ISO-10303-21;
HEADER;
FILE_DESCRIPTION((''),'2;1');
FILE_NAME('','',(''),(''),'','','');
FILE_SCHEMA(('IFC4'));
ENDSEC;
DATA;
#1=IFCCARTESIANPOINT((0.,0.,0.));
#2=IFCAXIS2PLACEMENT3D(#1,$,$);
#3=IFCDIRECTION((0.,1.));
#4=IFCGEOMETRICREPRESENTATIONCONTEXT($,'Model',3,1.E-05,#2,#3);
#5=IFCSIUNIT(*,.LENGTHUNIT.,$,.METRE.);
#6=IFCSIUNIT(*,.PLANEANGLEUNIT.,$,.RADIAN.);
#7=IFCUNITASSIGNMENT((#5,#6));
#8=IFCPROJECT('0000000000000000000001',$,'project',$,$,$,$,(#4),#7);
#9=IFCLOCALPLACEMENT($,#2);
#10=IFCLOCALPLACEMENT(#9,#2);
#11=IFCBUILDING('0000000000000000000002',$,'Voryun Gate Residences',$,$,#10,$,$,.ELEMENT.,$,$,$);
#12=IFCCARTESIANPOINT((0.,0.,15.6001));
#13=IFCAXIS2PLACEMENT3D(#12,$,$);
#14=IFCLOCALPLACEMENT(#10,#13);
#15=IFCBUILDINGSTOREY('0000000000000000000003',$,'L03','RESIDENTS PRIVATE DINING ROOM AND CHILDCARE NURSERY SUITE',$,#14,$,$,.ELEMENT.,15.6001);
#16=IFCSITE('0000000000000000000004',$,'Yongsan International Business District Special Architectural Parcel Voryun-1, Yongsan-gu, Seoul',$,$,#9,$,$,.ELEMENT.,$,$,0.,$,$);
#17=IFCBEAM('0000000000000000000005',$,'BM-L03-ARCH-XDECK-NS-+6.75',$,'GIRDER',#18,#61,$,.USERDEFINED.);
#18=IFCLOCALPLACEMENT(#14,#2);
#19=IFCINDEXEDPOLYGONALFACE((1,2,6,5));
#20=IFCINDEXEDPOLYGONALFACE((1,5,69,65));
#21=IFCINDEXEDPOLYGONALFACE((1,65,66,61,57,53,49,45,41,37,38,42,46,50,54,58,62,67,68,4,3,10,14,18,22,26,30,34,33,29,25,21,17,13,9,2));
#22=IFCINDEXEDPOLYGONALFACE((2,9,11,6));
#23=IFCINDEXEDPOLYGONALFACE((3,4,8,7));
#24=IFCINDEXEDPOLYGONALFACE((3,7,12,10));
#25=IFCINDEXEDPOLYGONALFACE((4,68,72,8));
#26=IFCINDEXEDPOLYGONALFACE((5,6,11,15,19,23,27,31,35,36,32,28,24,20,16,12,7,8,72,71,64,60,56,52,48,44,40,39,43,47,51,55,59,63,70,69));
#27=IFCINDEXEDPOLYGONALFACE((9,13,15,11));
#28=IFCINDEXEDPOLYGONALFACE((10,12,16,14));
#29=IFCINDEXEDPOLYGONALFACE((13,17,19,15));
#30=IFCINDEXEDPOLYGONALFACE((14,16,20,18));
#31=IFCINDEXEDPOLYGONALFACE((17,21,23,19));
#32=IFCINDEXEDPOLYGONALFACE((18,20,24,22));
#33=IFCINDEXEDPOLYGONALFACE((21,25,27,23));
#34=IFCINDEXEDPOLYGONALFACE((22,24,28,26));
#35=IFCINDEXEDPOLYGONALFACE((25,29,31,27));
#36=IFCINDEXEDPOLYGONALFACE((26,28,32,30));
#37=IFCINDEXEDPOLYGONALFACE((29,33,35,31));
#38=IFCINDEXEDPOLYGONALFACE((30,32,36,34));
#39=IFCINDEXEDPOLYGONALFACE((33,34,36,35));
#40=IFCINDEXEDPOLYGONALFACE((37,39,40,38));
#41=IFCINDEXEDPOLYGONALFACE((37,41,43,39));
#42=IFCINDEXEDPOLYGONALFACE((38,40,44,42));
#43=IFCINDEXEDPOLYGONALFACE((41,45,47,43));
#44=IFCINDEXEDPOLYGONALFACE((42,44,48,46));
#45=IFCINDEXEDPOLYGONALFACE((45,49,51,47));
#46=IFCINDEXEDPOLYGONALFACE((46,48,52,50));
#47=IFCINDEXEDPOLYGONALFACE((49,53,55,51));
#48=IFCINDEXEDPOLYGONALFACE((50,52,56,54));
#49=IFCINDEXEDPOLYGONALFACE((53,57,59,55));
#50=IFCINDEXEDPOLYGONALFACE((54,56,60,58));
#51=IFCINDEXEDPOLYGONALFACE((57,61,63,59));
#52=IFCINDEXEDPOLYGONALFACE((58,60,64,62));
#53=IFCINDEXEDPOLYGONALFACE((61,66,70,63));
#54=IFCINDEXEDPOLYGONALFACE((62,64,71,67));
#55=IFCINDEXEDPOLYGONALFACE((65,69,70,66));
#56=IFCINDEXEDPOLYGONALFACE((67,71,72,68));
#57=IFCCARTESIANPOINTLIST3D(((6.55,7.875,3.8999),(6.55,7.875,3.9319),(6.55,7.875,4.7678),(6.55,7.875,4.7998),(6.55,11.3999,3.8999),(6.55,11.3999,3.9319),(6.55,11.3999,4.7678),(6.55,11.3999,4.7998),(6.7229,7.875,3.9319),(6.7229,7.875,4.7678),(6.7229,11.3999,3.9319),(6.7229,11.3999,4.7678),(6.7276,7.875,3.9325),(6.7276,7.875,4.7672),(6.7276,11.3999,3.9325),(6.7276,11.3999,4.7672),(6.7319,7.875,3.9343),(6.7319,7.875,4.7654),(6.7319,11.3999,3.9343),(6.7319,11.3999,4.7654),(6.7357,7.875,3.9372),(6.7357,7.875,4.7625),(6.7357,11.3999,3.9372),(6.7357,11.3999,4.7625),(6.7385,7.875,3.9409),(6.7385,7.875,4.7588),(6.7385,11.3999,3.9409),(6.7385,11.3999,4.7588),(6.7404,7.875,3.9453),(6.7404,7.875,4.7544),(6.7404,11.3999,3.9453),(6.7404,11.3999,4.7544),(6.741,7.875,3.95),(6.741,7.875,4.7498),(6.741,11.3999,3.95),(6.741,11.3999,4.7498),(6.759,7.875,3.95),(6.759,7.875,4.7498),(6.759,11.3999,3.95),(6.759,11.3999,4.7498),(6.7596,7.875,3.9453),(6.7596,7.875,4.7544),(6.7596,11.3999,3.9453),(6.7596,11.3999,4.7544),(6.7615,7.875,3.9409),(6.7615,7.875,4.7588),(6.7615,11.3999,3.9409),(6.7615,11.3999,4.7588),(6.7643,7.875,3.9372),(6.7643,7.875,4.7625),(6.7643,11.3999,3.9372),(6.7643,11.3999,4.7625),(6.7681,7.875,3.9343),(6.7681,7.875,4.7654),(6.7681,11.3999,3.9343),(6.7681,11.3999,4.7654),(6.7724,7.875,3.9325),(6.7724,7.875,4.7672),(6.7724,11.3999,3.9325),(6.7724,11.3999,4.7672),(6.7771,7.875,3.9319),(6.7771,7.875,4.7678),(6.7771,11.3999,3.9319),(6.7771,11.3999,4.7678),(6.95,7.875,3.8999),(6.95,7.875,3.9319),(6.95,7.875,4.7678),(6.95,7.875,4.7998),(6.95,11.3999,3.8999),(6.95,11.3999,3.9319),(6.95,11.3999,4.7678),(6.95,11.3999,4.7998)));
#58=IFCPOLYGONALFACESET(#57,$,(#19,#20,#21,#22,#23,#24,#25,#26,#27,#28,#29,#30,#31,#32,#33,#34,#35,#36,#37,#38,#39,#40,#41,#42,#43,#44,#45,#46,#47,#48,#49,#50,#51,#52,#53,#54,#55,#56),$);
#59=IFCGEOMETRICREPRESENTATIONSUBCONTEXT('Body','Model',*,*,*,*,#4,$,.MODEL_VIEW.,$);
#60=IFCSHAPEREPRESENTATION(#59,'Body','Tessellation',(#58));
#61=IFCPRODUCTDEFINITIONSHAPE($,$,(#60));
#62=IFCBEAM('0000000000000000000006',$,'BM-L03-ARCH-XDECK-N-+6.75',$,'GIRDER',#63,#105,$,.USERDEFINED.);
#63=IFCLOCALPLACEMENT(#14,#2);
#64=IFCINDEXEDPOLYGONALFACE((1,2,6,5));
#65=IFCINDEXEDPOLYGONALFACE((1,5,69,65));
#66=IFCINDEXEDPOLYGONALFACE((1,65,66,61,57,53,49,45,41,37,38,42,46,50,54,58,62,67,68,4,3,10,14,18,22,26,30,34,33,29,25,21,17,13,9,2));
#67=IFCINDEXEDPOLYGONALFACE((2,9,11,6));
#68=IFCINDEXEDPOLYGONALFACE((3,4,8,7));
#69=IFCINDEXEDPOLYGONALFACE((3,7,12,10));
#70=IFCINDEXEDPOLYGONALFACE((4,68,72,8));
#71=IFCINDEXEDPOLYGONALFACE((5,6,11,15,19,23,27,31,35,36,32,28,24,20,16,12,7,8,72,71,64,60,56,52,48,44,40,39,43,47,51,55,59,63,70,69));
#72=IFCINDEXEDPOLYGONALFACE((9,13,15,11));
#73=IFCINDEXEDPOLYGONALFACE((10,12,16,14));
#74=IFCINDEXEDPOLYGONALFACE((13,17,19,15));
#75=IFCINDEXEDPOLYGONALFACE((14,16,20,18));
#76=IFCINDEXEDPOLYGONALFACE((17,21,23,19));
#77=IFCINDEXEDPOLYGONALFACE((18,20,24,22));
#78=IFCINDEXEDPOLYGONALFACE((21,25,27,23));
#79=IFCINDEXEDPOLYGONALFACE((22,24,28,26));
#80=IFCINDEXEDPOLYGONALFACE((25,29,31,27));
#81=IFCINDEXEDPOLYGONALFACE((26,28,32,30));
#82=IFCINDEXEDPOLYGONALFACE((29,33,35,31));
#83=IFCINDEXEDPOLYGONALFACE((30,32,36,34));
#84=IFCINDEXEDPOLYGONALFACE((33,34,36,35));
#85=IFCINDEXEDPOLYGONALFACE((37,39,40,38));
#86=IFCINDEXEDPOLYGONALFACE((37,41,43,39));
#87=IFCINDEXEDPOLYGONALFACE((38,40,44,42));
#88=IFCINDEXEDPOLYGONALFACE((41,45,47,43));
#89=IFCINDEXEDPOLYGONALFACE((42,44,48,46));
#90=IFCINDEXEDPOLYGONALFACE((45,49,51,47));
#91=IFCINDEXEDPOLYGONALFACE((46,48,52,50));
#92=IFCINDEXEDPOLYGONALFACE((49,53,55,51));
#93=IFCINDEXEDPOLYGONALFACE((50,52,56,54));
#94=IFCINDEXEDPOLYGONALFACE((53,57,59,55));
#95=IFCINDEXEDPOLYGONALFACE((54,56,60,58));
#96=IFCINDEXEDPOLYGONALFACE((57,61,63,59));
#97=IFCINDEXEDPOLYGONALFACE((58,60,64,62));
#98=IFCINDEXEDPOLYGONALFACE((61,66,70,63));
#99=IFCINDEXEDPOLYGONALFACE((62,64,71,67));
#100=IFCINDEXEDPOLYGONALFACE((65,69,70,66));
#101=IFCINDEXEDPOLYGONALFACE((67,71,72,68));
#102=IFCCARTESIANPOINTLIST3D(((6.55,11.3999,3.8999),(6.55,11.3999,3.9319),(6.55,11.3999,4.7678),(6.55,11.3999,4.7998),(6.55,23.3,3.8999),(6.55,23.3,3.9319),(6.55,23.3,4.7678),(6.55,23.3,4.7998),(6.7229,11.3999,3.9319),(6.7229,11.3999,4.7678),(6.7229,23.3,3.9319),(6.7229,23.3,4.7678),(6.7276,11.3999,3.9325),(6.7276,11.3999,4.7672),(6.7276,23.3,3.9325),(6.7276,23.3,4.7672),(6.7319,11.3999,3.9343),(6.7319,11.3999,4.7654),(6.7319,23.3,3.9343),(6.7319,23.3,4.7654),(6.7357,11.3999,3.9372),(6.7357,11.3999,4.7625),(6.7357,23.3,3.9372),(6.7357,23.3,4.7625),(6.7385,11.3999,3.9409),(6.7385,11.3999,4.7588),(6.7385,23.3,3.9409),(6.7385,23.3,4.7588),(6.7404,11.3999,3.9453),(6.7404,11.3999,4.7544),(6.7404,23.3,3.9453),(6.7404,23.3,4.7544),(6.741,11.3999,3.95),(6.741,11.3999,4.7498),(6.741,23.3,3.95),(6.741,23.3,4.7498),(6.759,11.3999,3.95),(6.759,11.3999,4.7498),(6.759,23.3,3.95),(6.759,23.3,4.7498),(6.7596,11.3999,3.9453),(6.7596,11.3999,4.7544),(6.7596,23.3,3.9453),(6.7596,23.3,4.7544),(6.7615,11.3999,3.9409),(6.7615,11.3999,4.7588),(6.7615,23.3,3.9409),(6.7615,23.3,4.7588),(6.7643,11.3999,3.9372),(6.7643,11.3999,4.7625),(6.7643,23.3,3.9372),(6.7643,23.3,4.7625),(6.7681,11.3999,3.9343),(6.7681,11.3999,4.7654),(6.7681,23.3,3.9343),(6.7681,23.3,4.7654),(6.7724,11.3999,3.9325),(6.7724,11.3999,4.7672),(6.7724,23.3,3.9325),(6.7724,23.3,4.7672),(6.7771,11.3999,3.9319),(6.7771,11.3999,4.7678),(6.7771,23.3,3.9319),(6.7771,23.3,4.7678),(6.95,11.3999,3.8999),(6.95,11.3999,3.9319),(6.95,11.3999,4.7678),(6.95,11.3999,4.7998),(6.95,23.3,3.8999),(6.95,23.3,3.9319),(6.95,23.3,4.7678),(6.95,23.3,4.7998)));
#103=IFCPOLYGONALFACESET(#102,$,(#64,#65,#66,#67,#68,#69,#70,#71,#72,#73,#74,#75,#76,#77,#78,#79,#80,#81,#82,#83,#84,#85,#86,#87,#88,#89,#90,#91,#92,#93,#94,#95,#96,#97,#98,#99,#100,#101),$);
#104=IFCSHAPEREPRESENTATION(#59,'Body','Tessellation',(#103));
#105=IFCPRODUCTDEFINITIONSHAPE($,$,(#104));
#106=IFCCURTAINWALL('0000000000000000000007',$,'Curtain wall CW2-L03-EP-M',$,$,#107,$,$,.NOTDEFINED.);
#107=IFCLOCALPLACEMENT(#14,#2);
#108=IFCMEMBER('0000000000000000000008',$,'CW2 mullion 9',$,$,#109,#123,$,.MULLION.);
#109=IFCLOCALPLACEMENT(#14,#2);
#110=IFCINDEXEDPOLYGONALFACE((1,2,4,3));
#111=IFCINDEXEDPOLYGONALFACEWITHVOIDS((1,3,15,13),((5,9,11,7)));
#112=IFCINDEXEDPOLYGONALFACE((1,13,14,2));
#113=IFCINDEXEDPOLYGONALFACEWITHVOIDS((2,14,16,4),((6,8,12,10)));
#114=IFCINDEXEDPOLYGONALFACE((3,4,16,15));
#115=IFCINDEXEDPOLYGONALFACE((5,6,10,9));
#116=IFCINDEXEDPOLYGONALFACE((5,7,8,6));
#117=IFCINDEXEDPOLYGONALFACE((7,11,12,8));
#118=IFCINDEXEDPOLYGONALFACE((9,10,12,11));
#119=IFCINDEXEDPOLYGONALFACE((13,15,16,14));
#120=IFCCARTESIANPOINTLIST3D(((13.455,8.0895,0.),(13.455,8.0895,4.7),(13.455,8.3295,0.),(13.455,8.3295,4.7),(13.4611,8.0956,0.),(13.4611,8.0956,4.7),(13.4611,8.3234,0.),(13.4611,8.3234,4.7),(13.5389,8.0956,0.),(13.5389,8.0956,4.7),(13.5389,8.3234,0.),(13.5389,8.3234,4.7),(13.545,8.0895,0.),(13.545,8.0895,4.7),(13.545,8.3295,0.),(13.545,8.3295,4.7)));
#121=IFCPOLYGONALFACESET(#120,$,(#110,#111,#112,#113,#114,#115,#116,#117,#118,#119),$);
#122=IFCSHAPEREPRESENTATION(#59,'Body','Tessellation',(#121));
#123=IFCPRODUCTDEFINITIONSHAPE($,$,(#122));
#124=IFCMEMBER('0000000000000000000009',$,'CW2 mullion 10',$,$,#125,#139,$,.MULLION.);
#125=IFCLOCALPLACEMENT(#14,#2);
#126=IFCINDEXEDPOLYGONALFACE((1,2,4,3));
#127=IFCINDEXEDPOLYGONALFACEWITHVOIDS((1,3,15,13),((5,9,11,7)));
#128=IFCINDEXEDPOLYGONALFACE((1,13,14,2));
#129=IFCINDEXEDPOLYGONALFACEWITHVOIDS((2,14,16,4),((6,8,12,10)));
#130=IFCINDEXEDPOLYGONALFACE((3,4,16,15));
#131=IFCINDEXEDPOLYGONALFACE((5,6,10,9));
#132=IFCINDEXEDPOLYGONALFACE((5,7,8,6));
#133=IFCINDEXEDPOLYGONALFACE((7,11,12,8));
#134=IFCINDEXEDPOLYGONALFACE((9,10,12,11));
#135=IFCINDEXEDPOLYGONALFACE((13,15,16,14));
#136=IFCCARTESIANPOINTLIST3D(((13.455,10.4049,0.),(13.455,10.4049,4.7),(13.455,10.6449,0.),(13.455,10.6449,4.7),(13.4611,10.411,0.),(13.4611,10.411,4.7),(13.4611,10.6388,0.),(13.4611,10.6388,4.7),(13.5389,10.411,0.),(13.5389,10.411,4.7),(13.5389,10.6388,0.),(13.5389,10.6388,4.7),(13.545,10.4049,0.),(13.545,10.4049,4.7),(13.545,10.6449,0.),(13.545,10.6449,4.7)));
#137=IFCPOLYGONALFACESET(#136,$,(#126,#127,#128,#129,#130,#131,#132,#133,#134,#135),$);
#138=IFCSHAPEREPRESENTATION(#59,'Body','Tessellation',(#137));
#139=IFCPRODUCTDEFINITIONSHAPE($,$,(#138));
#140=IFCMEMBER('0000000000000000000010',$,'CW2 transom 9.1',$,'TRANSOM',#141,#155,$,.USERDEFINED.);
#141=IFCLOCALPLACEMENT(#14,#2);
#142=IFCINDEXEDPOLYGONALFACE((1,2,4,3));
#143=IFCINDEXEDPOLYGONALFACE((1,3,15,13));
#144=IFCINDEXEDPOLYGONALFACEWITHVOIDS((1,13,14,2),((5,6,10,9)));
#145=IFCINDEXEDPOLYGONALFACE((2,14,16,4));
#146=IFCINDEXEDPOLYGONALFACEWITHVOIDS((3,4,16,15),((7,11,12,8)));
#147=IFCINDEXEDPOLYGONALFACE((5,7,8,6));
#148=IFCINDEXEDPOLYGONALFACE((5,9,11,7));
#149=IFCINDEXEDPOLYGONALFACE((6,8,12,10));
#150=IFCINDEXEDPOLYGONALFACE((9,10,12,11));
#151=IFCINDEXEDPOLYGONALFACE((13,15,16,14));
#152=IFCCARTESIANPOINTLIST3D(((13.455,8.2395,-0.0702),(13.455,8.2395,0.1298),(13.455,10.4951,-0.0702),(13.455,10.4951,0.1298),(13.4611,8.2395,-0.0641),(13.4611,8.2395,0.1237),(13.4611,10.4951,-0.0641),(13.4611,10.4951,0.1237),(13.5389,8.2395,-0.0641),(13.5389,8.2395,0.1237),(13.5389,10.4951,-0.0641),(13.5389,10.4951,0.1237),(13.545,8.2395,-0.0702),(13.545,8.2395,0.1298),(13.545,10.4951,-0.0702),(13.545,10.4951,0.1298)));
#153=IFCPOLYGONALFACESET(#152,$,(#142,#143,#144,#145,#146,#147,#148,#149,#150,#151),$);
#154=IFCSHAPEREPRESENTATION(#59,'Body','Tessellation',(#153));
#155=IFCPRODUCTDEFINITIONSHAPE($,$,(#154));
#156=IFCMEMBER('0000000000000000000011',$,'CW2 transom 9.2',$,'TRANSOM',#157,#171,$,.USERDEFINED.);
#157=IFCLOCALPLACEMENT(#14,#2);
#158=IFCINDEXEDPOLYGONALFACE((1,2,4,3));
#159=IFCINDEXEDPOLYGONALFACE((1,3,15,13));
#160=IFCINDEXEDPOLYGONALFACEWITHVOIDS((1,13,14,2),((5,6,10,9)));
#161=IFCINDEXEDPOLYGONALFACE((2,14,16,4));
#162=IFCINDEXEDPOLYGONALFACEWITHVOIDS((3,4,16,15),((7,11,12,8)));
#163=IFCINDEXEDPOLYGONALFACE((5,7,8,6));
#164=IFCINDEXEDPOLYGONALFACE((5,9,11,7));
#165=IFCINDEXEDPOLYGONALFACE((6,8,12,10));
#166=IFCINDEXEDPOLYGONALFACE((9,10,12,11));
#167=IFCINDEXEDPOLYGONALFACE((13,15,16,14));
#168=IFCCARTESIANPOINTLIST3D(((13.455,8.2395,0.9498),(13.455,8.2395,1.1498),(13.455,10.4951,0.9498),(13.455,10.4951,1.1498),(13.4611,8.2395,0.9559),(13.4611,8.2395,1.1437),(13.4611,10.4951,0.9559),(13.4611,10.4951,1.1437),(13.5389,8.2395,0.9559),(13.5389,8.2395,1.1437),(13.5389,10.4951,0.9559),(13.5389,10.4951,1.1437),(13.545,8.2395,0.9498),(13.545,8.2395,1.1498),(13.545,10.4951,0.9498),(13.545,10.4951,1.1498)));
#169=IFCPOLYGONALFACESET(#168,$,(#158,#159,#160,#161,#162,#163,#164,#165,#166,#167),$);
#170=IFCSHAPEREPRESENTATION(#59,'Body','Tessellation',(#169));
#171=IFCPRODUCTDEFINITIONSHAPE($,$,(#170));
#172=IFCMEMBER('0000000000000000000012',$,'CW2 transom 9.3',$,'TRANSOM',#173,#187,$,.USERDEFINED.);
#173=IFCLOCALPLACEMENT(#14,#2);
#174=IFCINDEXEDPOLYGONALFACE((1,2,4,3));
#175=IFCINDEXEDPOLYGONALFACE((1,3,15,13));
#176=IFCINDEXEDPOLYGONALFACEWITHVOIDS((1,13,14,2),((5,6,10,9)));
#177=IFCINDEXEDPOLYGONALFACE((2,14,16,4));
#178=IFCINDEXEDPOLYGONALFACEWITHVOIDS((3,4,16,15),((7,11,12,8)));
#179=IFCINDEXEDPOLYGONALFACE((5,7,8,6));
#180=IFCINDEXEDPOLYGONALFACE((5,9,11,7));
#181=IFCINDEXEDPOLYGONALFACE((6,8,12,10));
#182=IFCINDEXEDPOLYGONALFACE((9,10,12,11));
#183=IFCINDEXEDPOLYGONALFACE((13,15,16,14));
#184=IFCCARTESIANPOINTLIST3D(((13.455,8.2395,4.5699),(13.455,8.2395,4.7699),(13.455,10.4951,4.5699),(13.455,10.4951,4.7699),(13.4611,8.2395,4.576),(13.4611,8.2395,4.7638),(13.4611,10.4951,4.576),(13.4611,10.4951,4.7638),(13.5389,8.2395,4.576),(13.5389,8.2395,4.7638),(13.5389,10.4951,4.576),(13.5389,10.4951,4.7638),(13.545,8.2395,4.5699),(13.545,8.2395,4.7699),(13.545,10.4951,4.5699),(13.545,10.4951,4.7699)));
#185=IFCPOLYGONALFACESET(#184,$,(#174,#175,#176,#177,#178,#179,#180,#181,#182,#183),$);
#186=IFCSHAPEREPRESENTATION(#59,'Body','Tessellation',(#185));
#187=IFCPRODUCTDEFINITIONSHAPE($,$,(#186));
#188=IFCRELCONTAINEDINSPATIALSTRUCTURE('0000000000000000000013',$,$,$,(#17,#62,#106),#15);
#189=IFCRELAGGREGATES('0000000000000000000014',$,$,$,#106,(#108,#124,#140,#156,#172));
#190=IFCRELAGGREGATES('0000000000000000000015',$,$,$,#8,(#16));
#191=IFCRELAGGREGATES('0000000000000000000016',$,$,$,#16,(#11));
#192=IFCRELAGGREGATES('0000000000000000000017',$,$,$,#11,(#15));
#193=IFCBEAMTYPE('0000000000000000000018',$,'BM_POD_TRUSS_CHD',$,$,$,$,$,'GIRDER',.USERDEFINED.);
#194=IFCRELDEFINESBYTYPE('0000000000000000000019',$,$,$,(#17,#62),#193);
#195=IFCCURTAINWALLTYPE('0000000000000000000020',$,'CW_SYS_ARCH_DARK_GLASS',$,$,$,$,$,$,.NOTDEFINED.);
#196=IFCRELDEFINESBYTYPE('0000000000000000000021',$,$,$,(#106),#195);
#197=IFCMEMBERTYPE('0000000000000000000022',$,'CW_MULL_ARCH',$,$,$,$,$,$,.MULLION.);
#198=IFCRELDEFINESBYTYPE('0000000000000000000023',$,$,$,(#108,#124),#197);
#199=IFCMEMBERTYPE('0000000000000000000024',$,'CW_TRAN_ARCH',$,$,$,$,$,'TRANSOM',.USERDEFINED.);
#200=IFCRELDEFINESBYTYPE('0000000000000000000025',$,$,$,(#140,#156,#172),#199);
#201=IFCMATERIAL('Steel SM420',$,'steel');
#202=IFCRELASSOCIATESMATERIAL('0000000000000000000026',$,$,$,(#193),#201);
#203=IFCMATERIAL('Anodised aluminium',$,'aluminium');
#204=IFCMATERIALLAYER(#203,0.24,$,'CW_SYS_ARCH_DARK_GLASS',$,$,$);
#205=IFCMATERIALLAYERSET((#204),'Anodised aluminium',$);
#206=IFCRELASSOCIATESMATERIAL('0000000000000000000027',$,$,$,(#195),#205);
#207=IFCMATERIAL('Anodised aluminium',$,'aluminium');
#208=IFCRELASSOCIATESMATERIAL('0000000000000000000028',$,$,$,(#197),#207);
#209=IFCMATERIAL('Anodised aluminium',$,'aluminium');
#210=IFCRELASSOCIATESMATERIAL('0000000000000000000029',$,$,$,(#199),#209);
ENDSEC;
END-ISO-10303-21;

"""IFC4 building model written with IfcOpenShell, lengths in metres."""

from ifc_helpers import new_model, si_unit, direction, frame, origin, origin_2d, place, context, subcontext, project, spatial, hollow_rectangle, i_section, extrude, material, layer, layer_set, material_profile, profile_set, type_object, element, aggregate, save


model = new_model("IFC4")

# Units and contexts
model_context = context("Model", 3, precision=1e-05, world=origin(), true_north=direction((0.0, 1.0)))
body_context = subcontext(model_context, "Body", "Model", "MODEL_VIEW")
ifc_project = project(units=[si_unit("LENGTHUNIT", "METRE"), si_unit("PLANEANGLEUNIT", "RADIAN")], contexts=[model_context])

# Site, building, storey
site_placement = place(None, origin())
site = spatial("IfcSite", under=ifc_project, at=site_placement, Name="Yongsan International Business District Special Architectural Parcel Voryun-1, Yongsan-gu, Seoul", CompositionType="ELEMENT", RefElevation=0.0)
building_placement = place(site_placement, origin())
building = spatial("IfcBuilding", under=site, at=building_placement, Name="Voryun Gate Residences", CompositionType="ELEMENT")
storey_placement = place(building_placement, frame((0.0, 0.0, 15.6001)))
storey = spatial("IfcBuildingStorey", under=building, at=storey_placement, Name="L03", Description="RESIDENTS PRIVATE DINING ROOM AND CHILDCARE NURSERY SUITE", CompositionType="ELEMENT", Elevation=15.6001)

# Beams
ifc_material_1 = material(Name="Steel SM420", Category="steel")
ifc_material_profile_1 = material_profile(ifc_material_1, i_section(OverallWidth=0.3999, OverallDepth=0.8999, WebThickness=0.0181, FlangeThickness=0.032, FilletRadius=0.0181, at=origin_2d()), Name="H-900x400x18x32")
ifc_profile_set_1 = profile_set([ifc_material_profile_1], Name="Steel SM420")
beam_type_1 = type_object("IfcBeamType", Name="BM_POD_TRUSS_CHD", ElementType="GIRDER", PredefinedType="USERDEFINED", material=ifc_profile_set_1)
beam_1_placement = place(storey_placement, frame((6.75, 7.875, 4.3499), z_axis=(0.0, 1.0, 0.0), x_axis=(-1.0, 0.0, 0.0)))
element("IfcBeam", 1, at=beam_1_placement, inside=storey, type_object=beam_type_1, Name="BM-L03-ARCH-XDECK-NS-+6.75", ObjectType="GIRDER", PredefinedType="USERDEFINED", context=body_context, shape_type="SweptSolid", body=[
    extrude(i_section(OverallWidth=0.3999, OverallDepth=0.8999, WebThickness=0.0181, FlangeThickness=0.032, FilletRadius=0.0181, at=origin_2d()), origin(), (0.0, 0.0, 1.0), 3.5249),
])
beam_2_placement = place(storey_placement, frame((6.75, 11.3999, 4.3499), z_axis=(0.0, 1.0, 0.0), x_axis=(-1.0, 0.0, 0.0)))
element("IfcBeam", 2, at=beam_2_placement, inside=storey, type_object=beam_type_1, Name="BM-L03-ARCH-XDECK-N-+6.75", ObjectType="GIRDER", PredefinedType="USERDEFINED", context=body_context, shape_type="SweptSolid", body=[
    extrude(i_section(OverallWidth=0.3999, OverallDepth=0.8999, WebThickness=0.0181, FlangeThickness=0.032, FilletRadius=0.0181, at=origin_2d()), origin(), (0.0, 0.0, 1.0), 11.9001),
])

# Curtain wall, members
ifc_material_2 = material(Name="Anodised aluminium", Category="aluminium")
ifc_layer_1 = layer(ifc_material_2, 0.24, Name="CW_SYS_ARCH_DARK_GLASS")
ifc_layer_set_1 = layer_set([ifc_layer_1], Name="Anodised aluminium")
curtain_wall_type = type_object("IfcCurtainWallType", Name="CW_SYS_ARCH_DARK_GLASS", PredefinedType="NOTDEFINED", material=ifc_layer_set_1)
curtain_wall_placement = place(storey_placement, origin())
curtain_wall = element("IfcCurtainWall", 3, at=curtain_wall_placement, inside=storey, type_object=curtain_wall_type, Name="Curtain wall CW2-L03-EP-M", PredefinedType="NOTDEFINED")
ifc_material_3 = material(Name="Anodised aluminium", Category="aluminium")
ifc_material_profile_2 = material_profile(ifc_material_3, hollow_rectangle(XDim=0.0901, YDim=0.24, WallThickness=0.0061, at=origin_2d()), Name="ALU-MULL-240x90x6")
ifc_profile_set_2 = profile_set([ifc_material_profile_2], Name="Anodised aluminium")
member_type_1 = type_object("IfcMemberType", Name="CW_MULL_ARCH", PredefinedType="MULLION", material=ifc_profile_set_2)
member_1_placement = place(storey_placement, frame((13.5, 8.2095, 0.0), z_axis=(0.0, 0.0, 1.0), x_axis=(-1.0, 0.0, 0.0)))
member_1 = element("IfcMember", 4, at=member_1_placement, type_object=member_type_1, Name="CW2 mullion 9", PredefinedType="MULLION", context=body_context, shape_type="SweptSolid", body=[
    extrude(hollow_rectangle(XDim=0.0901, YDim=0.24, WallThickness=0.0061, at=origin_2d()), origin(), (0.0, 0.0, 1.0), 4.7),
])
member_2_placement = place(storey_placement, frame((13.5, 10.5249, 0.0), z_axis=(0.0, 0.0, 1.0), x_axis=(-1.0, 0.0, 0.0)))
member_2 = element("IfcMember", 5, at=member_2_placement, type_object=member_type_1, Name="CW2 mullion 10", PredefinedType="MULLION", context=body_context, shape_type="SweptSolid", body=[
    extrude(hollow_rectangle(XDim=0.0901, YDim=0.24, WallThickness=0.0061, at=origin_2d()), origin(), (0.0, 0.0, 1.0), 4.7),
])
ifc_material_4 = material(Name="Anodised aluminium", Category="aluminium")
ifc_material_profile_3 = material_profile(ifc_material_4, hollow_rectangle(XDim=0.0901, YDim=0.2, WallThickness=0.0061, at=origin_2d()), Name="ALU-TRAN-200x90x6")
ifc_profile_set_3 = profile_set([ifc_material_profile_3], Name="Anodised aluminium")
member_type_2 = type_object("IfcMemberType", Name="CW_TRAN_ARCH", ElementType="TRANSOM", PredefinedType="USERDEFINED", material=ifc_profile_set_3)
member_3_placement = place(storey_placement, frame((13.5, 8.2395, 0.0298), z_axis=(0.0, 1.0, 0.0), x_axis=(-1.0, 0.0, 0.0)))
member_3 = element("IfcMember", 6, at=member_3_placement, type_object=member_type_2, Name="CW2 transom 9.1", ObjectType="TRANSOM", PredefinedType="USERDEFINED", context=body_context, shape_type="SweptSolid", body=[
    extrude(hollow_rectangle(XDim=0.0901, YDim=0.2, WallThickness=0.0061, at=origin_2d()), origin(), (0.0, 0.0, 1.0), 2.2556),
])
member_4_placement = place(storey_placement, frame((13.5, 8.2395, 1.0498), z_axis=(0.0, 1.0, 0.0), x_axis=(-1.0, 0.0, 0.0)))
member_4 = element("IfcMember", 7, at=member_4_placement, type_object=member_type_2, Name="CW2 transom 9.2", ObjectType="TRANSOM", PredefinedType="USERDEFINED", context=body_context, shape_type="SweptSolid", body=[
    extrude(hollow_rectangle(XDim=0.0901, YDim=0.2, WallThickness=0.0061, at=origin_2d()), origin(), (0.0, 0.0, 1.0), 2.2556),
])
member_5_placement = place(storey_placement, frame((13.5, 8.2395, 4.6699), z_axis=(0.0, 1.0, 0.0), x_axis=(-1.0, 0.0, 0.0)))
member_5 = element("IfcMember", 8, at=member_5_placement, type_object=member_type_2, Name="CW2 transom 9.3", ObjectType="TRANSOM", PredefinedType="USERDEFINED", context=body_context, shape_type="SweptSolid", body=[
    extrude(hollow_rectangle(XDim=0.0901, YDim=0.2, WallThickness=0.0061, at=origin_2d()), origin(), (0.0, 0.0, 1.0), 2.2556),
])

aggregate(curtain_wall, [member_1, member_2, member_3, member_4, member_5])

save(model, "model.ifc")
